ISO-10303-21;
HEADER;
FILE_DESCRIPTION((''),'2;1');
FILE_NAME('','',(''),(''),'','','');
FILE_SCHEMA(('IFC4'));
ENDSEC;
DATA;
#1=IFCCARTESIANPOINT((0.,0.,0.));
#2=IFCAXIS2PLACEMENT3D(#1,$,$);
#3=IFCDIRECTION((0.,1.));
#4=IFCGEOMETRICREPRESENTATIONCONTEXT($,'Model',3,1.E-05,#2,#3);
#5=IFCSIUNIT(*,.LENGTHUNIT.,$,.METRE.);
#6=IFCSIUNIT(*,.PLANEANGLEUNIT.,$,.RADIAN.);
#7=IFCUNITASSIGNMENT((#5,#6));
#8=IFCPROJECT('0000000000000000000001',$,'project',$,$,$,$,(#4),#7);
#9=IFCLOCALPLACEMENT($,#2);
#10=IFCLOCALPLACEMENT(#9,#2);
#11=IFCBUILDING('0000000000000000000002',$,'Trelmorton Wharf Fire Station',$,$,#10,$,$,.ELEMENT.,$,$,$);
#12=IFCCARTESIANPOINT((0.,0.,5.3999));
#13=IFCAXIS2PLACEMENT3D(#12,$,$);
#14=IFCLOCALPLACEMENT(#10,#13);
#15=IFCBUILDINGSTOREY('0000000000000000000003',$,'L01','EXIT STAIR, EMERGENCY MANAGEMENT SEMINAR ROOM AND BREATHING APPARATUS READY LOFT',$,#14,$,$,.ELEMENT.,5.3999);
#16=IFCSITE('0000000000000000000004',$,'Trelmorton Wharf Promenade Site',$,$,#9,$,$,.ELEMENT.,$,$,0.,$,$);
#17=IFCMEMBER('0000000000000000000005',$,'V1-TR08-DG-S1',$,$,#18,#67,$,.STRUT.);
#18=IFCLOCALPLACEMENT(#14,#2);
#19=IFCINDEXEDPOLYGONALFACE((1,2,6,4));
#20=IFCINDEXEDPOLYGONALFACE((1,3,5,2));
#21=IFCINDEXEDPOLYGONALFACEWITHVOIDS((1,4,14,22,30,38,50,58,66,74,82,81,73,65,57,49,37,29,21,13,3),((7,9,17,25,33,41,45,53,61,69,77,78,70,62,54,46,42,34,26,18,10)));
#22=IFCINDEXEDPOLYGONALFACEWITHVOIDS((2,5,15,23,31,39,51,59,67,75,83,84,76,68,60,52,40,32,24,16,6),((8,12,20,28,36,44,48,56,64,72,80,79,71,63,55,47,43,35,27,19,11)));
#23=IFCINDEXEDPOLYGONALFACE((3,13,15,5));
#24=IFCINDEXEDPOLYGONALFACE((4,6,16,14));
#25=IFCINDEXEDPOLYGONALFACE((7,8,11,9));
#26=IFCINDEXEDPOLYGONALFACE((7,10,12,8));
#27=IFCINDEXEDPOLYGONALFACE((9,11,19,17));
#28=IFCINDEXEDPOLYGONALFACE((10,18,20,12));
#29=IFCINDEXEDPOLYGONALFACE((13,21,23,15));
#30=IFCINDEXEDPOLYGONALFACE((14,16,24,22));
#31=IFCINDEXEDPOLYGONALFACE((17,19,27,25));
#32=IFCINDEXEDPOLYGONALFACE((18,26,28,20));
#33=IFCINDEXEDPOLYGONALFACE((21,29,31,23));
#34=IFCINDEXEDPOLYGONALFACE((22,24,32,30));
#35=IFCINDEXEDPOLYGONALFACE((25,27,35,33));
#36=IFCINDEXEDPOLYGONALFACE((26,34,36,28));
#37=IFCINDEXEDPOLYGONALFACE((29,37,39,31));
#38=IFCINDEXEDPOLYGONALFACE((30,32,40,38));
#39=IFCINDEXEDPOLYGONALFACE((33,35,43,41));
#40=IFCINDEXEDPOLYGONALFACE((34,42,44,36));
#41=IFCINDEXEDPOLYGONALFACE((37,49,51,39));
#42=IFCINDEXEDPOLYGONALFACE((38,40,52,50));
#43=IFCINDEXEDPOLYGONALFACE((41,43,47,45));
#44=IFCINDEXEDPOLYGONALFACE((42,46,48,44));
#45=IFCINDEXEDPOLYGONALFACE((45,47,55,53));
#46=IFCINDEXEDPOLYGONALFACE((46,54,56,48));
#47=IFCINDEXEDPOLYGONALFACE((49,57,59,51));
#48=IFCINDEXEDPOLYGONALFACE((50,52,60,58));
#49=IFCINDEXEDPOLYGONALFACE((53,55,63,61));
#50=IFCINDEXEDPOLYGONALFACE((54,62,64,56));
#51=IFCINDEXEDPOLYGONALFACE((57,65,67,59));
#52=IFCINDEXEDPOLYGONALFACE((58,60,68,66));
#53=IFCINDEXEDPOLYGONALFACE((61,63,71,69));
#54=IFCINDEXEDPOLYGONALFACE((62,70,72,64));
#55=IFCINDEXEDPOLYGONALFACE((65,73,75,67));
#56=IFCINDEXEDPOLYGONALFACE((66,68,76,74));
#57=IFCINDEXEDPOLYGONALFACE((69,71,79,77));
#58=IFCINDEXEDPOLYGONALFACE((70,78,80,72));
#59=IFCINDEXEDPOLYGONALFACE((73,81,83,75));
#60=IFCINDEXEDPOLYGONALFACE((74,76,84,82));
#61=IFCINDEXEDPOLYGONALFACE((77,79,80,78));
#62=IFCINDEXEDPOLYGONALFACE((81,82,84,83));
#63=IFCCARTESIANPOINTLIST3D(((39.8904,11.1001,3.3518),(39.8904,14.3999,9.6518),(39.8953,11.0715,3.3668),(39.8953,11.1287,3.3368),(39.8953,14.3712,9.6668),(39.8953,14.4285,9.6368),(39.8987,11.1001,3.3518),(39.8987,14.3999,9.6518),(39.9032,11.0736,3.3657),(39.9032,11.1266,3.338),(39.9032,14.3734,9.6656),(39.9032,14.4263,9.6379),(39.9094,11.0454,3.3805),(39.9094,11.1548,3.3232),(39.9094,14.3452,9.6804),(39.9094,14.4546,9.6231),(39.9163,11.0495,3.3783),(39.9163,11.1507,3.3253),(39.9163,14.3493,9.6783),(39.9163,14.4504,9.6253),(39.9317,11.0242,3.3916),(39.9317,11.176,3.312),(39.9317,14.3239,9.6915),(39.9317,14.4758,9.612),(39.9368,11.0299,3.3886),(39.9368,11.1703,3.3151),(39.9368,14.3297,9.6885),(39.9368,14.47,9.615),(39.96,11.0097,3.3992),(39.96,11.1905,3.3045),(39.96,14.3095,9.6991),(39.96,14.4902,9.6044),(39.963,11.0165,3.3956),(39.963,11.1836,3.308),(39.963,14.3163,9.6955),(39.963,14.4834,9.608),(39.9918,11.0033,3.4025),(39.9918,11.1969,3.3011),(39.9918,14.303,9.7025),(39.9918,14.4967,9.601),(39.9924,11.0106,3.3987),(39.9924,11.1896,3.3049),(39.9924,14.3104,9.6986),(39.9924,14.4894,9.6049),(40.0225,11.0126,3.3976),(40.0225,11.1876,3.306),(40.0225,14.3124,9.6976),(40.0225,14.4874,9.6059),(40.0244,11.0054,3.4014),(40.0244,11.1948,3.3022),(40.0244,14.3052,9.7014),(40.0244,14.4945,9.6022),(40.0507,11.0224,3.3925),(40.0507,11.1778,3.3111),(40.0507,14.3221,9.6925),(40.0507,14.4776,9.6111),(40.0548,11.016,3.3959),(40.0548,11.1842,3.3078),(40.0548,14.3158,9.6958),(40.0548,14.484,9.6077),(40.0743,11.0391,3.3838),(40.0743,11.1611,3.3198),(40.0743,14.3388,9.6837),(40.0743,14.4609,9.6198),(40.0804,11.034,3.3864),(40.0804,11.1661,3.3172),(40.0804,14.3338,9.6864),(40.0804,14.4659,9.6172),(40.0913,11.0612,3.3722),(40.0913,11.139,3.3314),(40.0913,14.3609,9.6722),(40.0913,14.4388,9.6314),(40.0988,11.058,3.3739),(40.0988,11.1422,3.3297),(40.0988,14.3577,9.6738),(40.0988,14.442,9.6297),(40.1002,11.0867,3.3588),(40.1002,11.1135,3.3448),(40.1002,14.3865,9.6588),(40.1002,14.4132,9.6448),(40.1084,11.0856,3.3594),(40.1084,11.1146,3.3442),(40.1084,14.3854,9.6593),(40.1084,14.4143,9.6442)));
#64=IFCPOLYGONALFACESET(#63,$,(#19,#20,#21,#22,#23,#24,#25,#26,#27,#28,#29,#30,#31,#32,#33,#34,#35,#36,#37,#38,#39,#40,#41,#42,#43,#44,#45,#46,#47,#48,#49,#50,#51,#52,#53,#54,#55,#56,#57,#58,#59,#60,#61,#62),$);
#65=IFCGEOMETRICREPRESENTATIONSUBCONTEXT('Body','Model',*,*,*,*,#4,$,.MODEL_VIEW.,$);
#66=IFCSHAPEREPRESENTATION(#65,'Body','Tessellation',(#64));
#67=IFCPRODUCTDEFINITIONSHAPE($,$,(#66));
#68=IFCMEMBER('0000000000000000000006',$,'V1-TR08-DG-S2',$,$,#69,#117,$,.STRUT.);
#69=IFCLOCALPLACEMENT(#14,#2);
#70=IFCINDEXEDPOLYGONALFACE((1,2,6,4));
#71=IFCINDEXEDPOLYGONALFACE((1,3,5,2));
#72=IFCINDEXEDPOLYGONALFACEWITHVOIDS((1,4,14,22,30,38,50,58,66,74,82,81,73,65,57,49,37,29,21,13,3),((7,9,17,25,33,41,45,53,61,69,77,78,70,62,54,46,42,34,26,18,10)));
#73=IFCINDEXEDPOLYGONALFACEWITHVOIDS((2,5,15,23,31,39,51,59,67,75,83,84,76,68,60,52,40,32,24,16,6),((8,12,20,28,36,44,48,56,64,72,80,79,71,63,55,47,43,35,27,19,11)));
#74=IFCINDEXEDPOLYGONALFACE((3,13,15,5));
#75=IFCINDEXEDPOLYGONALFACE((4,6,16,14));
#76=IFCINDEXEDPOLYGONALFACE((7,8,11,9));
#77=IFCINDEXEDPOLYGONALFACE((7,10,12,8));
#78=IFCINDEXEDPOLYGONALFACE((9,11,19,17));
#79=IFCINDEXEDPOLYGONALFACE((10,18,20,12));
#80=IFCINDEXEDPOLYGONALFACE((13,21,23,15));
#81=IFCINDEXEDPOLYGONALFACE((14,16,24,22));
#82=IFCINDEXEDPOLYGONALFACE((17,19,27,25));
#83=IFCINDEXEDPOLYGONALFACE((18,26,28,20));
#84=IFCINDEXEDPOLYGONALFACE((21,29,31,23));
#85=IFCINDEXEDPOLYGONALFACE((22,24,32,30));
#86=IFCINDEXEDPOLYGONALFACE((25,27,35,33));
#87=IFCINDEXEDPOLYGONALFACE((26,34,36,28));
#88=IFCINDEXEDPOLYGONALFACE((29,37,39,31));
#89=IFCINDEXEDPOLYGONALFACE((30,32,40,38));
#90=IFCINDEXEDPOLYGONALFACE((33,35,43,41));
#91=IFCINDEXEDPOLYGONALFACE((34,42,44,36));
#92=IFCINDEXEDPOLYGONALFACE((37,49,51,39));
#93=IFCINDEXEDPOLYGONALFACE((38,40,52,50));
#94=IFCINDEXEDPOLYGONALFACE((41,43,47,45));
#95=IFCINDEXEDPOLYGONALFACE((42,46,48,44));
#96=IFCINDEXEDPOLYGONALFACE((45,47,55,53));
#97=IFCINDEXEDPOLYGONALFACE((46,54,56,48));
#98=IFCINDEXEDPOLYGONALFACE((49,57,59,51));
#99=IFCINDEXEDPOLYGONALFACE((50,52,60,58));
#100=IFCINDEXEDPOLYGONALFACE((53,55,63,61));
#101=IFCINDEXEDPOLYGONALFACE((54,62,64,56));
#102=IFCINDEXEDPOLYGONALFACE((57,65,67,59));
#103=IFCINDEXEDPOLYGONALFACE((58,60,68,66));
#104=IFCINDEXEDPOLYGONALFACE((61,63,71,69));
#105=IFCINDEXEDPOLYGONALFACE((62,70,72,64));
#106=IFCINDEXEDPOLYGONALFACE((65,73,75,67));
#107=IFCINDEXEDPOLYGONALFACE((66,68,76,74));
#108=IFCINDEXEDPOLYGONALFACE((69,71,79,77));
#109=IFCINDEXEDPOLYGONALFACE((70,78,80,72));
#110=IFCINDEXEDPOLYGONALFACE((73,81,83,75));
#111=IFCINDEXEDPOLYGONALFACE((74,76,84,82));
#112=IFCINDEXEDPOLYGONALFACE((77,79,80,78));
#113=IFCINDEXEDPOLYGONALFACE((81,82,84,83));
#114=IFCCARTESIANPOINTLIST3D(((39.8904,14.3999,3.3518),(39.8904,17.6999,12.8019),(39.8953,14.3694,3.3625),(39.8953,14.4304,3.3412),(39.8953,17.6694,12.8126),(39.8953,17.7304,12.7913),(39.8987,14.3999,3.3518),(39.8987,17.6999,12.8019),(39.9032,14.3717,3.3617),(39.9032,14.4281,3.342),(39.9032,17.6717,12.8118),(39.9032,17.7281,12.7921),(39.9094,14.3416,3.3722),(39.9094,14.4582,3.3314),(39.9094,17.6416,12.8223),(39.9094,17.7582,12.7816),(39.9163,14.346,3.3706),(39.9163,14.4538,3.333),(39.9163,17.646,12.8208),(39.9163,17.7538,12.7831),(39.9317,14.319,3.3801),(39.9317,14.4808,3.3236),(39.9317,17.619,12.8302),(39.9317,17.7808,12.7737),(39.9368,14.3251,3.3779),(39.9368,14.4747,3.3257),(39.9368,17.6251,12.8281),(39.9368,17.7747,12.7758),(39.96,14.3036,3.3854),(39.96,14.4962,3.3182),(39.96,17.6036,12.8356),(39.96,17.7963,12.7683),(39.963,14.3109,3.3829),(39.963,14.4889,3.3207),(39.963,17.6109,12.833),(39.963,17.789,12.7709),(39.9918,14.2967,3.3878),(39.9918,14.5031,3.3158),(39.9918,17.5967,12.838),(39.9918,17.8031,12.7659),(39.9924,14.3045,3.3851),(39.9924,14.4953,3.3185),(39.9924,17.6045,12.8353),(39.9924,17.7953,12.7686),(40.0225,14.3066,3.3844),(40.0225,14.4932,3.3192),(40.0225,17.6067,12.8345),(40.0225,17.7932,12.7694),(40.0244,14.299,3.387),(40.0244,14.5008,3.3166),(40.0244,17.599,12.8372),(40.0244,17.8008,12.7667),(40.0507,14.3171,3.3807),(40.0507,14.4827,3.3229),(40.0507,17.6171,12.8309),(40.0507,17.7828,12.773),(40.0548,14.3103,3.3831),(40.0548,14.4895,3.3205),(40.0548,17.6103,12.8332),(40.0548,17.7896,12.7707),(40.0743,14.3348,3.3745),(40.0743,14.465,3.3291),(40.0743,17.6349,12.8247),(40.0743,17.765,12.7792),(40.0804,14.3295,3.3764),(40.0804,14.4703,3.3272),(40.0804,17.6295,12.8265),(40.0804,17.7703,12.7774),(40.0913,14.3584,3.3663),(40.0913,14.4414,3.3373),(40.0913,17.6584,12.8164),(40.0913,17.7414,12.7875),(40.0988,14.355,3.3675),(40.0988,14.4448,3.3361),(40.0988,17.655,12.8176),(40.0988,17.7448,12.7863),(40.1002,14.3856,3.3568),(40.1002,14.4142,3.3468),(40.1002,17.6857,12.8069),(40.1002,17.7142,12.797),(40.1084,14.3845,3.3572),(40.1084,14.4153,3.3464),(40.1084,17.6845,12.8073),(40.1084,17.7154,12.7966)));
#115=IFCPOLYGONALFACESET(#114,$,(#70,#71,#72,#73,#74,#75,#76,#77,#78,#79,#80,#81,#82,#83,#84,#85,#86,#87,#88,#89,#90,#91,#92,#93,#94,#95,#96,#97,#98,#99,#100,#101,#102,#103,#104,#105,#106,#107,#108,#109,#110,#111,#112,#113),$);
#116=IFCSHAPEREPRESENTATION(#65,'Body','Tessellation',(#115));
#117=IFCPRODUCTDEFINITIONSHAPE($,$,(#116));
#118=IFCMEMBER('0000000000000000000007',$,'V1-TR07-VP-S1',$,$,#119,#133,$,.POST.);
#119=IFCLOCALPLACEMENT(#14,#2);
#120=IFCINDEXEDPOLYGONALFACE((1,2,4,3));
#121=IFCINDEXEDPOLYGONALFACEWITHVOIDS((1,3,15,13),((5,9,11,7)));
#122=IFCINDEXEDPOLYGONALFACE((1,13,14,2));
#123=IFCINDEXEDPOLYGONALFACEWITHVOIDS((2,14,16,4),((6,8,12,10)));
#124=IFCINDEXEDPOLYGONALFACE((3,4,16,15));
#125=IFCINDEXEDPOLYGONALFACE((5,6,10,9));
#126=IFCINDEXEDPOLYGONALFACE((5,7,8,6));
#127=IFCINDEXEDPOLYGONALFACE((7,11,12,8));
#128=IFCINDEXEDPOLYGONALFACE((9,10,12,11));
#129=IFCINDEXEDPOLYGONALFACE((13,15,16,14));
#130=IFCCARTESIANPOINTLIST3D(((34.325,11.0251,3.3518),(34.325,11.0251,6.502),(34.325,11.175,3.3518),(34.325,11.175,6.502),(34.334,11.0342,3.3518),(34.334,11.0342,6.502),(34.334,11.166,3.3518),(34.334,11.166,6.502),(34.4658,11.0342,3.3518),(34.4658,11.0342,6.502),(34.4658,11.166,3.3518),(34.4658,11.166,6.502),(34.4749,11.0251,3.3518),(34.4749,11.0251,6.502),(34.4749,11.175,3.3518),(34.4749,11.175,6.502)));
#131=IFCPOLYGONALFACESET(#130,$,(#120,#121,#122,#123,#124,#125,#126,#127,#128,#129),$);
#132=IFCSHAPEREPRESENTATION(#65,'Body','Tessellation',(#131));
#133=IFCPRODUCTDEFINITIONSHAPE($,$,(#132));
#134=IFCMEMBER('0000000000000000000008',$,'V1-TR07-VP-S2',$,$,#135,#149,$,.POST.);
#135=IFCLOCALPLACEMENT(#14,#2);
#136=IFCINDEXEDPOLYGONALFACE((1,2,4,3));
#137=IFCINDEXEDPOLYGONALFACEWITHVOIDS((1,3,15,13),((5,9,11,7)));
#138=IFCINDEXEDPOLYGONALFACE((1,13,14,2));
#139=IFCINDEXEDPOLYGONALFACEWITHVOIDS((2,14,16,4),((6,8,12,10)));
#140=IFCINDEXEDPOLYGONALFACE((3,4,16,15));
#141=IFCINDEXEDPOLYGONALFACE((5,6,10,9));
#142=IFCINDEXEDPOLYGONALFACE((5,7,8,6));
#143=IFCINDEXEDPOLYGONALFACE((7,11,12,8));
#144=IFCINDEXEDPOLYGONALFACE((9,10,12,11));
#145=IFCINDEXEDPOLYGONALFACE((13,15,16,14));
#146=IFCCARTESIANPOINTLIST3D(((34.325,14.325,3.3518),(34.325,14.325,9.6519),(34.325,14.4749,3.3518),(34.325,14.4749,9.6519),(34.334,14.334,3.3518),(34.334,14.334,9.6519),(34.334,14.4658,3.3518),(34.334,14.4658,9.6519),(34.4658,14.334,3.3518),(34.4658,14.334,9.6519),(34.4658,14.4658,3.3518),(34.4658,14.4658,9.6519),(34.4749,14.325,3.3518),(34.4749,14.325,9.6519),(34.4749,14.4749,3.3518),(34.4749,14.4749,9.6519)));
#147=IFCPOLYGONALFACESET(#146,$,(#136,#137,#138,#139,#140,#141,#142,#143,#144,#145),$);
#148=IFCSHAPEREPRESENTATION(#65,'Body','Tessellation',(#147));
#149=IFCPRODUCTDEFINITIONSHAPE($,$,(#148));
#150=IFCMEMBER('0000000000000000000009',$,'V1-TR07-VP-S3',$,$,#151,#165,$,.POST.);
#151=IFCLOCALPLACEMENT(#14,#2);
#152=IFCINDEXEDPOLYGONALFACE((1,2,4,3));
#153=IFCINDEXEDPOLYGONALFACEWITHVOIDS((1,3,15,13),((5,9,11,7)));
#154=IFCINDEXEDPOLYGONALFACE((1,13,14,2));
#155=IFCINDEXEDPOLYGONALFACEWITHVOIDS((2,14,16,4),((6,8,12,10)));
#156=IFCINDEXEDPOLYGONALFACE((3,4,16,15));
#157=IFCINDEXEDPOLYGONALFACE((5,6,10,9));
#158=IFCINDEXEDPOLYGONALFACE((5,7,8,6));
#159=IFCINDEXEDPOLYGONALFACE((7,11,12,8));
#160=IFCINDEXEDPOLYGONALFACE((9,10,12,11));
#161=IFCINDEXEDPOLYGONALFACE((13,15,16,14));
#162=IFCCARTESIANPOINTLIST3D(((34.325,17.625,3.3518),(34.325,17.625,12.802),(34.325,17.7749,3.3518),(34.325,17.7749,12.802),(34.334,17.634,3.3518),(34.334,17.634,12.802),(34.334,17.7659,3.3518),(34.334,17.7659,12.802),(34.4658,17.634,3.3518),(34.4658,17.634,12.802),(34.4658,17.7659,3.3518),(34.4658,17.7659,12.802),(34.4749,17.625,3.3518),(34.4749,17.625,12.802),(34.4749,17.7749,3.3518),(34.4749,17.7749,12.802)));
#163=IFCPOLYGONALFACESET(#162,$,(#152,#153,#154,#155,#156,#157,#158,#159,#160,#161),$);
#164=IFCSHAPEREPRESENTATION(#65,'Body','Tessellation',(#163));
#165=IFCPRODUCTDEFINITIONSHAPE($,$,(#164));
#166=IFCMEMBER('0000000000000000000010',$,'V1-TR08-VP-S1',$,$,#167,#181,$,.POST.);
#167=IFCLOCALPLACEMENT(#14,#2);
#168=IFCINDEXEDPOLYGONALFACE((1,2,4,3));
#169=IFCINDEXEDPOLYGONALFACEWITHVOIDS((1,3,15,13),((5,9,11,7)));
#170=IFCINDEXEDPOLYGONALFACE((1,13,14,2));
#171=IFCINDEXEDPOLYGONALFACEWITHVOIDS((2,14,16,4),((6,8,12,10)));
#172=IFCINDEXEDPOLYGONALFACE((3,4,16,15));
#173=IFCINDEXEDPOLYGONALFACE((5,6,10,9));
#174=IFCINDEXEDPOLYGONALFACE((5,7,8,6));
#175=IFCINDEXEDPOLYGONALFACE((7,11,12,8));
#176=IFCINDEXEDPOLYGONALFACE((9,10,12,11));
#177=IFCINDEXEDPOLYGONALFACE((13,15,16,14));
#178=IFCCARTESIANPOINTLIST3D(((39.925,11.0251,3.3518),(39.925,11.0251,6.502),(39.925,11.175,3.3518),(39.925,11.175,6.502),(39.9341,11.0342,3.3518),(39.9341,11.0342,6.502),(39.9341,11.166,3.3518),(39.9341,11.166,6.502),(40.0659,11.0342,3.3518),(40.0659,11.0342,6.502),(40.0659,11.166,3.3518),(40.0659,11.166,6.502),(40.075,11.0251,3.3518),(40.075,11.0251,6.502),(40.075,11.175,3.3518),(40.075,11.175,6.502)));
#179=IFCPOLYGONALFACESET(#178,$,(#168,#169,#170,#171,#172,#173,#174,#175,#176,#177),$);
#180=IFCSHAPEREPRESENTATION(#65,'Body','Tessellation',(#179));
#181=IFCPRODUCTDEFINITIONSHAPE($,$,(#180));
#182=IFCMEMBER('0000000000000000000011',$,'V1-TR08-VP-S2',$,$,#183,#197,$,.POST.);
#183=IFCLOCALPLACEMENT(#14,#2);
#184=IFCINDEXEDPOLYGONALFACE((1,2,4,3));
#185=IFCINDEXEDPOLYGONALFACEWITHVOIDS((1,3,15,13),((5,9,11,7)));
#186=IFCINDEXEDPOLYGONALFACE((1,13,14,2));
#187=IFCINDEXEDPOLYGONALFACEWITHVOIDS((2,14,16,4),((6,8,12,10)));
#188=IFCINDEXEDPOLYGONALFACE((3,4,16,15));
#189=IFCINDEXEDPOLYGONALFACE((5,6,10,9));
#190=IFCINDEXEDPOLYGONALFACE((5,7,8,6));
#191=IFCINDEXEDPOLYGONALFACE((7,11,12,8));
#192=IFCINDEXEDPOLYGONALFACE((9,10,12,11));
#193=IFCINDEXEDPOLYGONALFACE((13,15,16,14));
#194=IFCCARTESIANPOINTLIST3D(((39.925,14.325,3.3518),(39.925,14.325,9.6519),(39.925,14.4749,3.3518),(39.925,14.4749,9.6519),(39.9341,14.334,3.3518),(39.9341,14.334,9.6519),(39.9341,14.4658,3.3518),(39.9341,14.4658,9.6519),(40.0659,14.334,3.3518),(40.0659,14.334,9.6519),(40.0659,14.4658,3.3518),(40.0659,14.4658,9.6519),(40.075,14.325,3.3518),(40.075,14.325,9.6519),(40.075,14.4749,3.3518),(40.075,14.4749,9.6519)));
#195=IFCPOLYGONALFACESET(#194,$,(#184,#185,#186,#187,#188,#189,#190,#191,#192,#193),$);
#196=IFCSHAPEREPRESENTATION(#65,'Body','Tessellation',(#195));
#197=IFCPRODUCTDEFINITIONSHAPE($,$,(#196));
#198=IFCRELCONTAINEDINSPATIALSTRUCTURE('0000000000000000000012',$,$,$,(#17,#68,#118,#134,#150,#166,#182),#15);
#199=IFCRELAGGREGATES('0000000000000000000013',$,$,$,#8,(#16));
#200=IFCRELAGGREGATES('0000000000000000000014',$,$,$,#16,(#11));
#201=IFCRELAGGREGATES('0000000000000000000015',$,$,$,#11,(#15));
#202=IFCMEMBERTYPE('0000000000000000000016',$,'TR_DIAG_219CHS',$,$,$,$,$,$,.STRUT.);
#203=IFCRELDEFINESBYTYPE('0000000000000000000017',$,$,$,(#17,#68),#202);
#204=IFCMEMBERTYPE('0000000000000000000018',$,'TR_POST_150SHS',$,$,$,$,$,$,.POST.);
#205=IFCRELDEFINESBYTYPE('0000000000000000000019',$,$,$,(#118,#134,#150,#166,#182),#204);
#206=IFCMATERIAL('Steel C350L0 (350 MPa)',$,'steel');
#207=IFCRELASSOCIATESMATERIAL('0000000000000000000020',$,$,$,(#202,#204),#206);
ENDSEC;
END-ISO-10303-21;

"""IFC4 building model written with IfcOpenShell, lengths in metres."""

from ifc_helpers import new_model, si_unit, direction, frame, origin, origin_2d, place, context, subcontext, project, spatial, hollow_rectangle, hollow_circle, extrude, material, material_profile, profile_set, type_object, element, save


model = new_model("IFC4")

# Units and contexts
model_context = context("Model", 3, precision=1e-05, world=origin(), true_north=direction((0.0, 1.0)))
body_context = subcontext(model_context, "Body", "Model", "MODEL_VIEW")
ifc_project = project(units=[si_unit("LENGTHUNIT", "METRE"), si_unit("PLANEANGLEUNIT", "RADIAN")], contexts=[model_context])

# Site, building, storey
site_placement = place(None, origin())
site = spatial("IfcSite", under=ifc_project, at=site_placement, Name="Trelmorton Wharf Promenade Site", CompositionType="ELEMENT", RefElevation=0.0)
building_placement = place(site_placement, origin())
building = spatial("IfcBuilding", under=site, at=building_placement, Name="Trelmorton Wharf Fire Station", CompositionType="ELEMENT")
storey_placement = place(building_placement, frame((0.0, 0.0, 5.3999)))
storey = spatial("IfcBuildingStorey", under=building, at=storey_placement, Name="L01", Description="EXIT STAIR, EMERGENCY MANAGEMENT SEMINAR ROOM AND BREATHING APPARATUS READY LOFT", CompositionType="ELEMENT", Elevation=5.3999)

# Members
ifc_material_1 = material(Name="Steel C350L0 (350 MPa)", Category="steel")
ifc_material_profile_1 = material_profile(ifc_material_1, hollow_circle(Radius=0.1096, WallThickness=0.0083, at=origin_2d()), Name="219.1x8.2CHS")
ifc_profile_set_1 = profile_set([ifc_material_profile_1], Name="Steel C350L0 (350 MPa)")
member_type_1 = type_object("IfcMemberType", Name="TR_DIAG_219CHS", PredefinedType="STRUT", material=ifc_profile_set_1)
member_1_placement = place(storey_placement, frame((40.0, 11.1001, 3.3518), z_axis=(0.0, 0.463983, 0.885844), x_axis=(-1.0, 0.0, 0.0)))
element("IfcMember", 1, at=member_1_placement, inside=storey, type_object=member_type_1, Name="V1-TR08-DG-S1", PredefinedType="STRUT", context=body_context, shape_type="SweptSolid", body=[
    extrude(hollow_circle(Radius=0.1096, WallThickness=0.0083, at=origin_2d()), origin(), (0.0, 0.0, 1.0), 7.1118),
])
member_2_placement = place(storey_placement, frame((40.0, 14.3999, 3.3518), z_axis=(0.0, 0.329681, 0.944092), x_axis=(-1.0, 0.0, 0.0)))
element("IfcMember", 2, at=member_2_placement, inside=storey, type_object=member_type_1, Name="V1-TR08-DG-S2", PredefinedType="STRUT", context=body_context, shape_type="SweptSolid", body=[
    extrude(hollow_circle(Radius=0.1096, WallThickness=0.0083, at=origin_2d()), origin(), (0.0, 0.0, 1.0), 10.0098),
])
ifc_material_profile_2 = material_profile(ifc_material_1, hollow_rectangle(XDim=0.1499, YDim=0.1499, WallThickness=0.009, at=origin_2d()), Name="150x150x9.0SHS")
ifc_profile_set_2 = profile_set([ifc_material_profile_2], Name="Steel C350L0 (350 MPa)")
member_type_2 = type_object("IfcMemberType", Name="TR_POST_150SHS", PredefinedType="POST", material=ifc_profile_set_2)
member_3_placement = place(storey_placement, frame((34.3999, 11.1001, 3.3518), z_axis=(0.0, 0.0, 1.0), x_axis=(1.0, 0.0, 0.0)))
element("IfcMember", 3, at=member_3_placement, inside=storey, type_object=member_type_2, Name="V1-TR07-VP-S1", PredefinedType="POST", context=body_context, shape_type="SweptSolid", body=[
    extrude(hollow_rectangle(XDim=0.1499, YDim=0.1499, WallThickness=0.009, at=origin_2d()), origin(), (0.0, 0.0, 1.0), 3.1501),
])
member_4_placement = place(storey_placement, frame((34.3999, 14.3999, 3.3518), z_axis=(0.0, 0.0, 1.0), x_axis=(1.0, 0.0, 0.0)))
element("IfcMember", 4, at=member_4_placement, inside=storey, type_object=member_type_2, Name="V1-TR07-VP-S2", PredefinedType="POST", context=body_context, shape_type="SweptSolid", body=[
    extrude(hollow_rectangle(XDim=0.1499, YDim=0.1499, WallThickness=0.009, at=origin_2d()), origin(), (0.0, 0.0, 1.0), 6.3),
])
member_5_placement = place(storey_placement, frame((34.3999, 17.7, 3.3518), z_axis=(0.0, 0.0, 1.0), x_axis=(1.0, 0.0, 0.0)))
element("IfcMember", 5, at=member_5_placement, inside=storey, type_object=member_type_2, Name="V1-TR07-VP-S3", PredefinedType="POST", context=body_context, shape_type="SweptSolid", body=[
    extrude(hollow_rectangle(XDim=0.1499, YDim=0.1499, WallThickness=0.009, at=origin_2d()), origin(), (0.0, 0.0, 1.0), 9.4502),
])
member_6_placement = place(storey_placement, frame((40.0, 11.1001, 3.3518), z_axis=(0.0, 0.0, 1.0), x_axis=(1.0, 0.0, 0.0)))
element("IfcMember", 6, at=member_6_placement, inside=storey, type_object=member_type_2, Name="V1-TR08-VP-S1", PredefinedType="POST", context=body_context, shape_type="SweptSolid", body=[
    extrude(hollow_rectangle(XDim=0.1499, YDim=0.1499, WallThickness=0.009, at=origin_2d()), origin(), (0.0, 0.0, 1.0), 3.1501),
])
member_7_placement = place(storey_placement, frame((40.0, 14.3999, 3.3518), z_axis=(0.0, 0.0, 1.0), x_axis=(1.0, 0.0, 0.0)))
element("IfcMember", 7, at=member_7_placement, inside=storey, type_object=member_type_2, Name="V1-TR08-VP-S2", PredefinedType="POST", context=body_context, shape_type="SweptSolid", body=[
    extrude(hollow_rectangle(XDim=0.1499, YDim=0.1499, WallThickness=0.009, at=origin_2d()), origin(), (0.0, 0.0, 1.0), 6.3),
])

save(model, "model.ifc")
